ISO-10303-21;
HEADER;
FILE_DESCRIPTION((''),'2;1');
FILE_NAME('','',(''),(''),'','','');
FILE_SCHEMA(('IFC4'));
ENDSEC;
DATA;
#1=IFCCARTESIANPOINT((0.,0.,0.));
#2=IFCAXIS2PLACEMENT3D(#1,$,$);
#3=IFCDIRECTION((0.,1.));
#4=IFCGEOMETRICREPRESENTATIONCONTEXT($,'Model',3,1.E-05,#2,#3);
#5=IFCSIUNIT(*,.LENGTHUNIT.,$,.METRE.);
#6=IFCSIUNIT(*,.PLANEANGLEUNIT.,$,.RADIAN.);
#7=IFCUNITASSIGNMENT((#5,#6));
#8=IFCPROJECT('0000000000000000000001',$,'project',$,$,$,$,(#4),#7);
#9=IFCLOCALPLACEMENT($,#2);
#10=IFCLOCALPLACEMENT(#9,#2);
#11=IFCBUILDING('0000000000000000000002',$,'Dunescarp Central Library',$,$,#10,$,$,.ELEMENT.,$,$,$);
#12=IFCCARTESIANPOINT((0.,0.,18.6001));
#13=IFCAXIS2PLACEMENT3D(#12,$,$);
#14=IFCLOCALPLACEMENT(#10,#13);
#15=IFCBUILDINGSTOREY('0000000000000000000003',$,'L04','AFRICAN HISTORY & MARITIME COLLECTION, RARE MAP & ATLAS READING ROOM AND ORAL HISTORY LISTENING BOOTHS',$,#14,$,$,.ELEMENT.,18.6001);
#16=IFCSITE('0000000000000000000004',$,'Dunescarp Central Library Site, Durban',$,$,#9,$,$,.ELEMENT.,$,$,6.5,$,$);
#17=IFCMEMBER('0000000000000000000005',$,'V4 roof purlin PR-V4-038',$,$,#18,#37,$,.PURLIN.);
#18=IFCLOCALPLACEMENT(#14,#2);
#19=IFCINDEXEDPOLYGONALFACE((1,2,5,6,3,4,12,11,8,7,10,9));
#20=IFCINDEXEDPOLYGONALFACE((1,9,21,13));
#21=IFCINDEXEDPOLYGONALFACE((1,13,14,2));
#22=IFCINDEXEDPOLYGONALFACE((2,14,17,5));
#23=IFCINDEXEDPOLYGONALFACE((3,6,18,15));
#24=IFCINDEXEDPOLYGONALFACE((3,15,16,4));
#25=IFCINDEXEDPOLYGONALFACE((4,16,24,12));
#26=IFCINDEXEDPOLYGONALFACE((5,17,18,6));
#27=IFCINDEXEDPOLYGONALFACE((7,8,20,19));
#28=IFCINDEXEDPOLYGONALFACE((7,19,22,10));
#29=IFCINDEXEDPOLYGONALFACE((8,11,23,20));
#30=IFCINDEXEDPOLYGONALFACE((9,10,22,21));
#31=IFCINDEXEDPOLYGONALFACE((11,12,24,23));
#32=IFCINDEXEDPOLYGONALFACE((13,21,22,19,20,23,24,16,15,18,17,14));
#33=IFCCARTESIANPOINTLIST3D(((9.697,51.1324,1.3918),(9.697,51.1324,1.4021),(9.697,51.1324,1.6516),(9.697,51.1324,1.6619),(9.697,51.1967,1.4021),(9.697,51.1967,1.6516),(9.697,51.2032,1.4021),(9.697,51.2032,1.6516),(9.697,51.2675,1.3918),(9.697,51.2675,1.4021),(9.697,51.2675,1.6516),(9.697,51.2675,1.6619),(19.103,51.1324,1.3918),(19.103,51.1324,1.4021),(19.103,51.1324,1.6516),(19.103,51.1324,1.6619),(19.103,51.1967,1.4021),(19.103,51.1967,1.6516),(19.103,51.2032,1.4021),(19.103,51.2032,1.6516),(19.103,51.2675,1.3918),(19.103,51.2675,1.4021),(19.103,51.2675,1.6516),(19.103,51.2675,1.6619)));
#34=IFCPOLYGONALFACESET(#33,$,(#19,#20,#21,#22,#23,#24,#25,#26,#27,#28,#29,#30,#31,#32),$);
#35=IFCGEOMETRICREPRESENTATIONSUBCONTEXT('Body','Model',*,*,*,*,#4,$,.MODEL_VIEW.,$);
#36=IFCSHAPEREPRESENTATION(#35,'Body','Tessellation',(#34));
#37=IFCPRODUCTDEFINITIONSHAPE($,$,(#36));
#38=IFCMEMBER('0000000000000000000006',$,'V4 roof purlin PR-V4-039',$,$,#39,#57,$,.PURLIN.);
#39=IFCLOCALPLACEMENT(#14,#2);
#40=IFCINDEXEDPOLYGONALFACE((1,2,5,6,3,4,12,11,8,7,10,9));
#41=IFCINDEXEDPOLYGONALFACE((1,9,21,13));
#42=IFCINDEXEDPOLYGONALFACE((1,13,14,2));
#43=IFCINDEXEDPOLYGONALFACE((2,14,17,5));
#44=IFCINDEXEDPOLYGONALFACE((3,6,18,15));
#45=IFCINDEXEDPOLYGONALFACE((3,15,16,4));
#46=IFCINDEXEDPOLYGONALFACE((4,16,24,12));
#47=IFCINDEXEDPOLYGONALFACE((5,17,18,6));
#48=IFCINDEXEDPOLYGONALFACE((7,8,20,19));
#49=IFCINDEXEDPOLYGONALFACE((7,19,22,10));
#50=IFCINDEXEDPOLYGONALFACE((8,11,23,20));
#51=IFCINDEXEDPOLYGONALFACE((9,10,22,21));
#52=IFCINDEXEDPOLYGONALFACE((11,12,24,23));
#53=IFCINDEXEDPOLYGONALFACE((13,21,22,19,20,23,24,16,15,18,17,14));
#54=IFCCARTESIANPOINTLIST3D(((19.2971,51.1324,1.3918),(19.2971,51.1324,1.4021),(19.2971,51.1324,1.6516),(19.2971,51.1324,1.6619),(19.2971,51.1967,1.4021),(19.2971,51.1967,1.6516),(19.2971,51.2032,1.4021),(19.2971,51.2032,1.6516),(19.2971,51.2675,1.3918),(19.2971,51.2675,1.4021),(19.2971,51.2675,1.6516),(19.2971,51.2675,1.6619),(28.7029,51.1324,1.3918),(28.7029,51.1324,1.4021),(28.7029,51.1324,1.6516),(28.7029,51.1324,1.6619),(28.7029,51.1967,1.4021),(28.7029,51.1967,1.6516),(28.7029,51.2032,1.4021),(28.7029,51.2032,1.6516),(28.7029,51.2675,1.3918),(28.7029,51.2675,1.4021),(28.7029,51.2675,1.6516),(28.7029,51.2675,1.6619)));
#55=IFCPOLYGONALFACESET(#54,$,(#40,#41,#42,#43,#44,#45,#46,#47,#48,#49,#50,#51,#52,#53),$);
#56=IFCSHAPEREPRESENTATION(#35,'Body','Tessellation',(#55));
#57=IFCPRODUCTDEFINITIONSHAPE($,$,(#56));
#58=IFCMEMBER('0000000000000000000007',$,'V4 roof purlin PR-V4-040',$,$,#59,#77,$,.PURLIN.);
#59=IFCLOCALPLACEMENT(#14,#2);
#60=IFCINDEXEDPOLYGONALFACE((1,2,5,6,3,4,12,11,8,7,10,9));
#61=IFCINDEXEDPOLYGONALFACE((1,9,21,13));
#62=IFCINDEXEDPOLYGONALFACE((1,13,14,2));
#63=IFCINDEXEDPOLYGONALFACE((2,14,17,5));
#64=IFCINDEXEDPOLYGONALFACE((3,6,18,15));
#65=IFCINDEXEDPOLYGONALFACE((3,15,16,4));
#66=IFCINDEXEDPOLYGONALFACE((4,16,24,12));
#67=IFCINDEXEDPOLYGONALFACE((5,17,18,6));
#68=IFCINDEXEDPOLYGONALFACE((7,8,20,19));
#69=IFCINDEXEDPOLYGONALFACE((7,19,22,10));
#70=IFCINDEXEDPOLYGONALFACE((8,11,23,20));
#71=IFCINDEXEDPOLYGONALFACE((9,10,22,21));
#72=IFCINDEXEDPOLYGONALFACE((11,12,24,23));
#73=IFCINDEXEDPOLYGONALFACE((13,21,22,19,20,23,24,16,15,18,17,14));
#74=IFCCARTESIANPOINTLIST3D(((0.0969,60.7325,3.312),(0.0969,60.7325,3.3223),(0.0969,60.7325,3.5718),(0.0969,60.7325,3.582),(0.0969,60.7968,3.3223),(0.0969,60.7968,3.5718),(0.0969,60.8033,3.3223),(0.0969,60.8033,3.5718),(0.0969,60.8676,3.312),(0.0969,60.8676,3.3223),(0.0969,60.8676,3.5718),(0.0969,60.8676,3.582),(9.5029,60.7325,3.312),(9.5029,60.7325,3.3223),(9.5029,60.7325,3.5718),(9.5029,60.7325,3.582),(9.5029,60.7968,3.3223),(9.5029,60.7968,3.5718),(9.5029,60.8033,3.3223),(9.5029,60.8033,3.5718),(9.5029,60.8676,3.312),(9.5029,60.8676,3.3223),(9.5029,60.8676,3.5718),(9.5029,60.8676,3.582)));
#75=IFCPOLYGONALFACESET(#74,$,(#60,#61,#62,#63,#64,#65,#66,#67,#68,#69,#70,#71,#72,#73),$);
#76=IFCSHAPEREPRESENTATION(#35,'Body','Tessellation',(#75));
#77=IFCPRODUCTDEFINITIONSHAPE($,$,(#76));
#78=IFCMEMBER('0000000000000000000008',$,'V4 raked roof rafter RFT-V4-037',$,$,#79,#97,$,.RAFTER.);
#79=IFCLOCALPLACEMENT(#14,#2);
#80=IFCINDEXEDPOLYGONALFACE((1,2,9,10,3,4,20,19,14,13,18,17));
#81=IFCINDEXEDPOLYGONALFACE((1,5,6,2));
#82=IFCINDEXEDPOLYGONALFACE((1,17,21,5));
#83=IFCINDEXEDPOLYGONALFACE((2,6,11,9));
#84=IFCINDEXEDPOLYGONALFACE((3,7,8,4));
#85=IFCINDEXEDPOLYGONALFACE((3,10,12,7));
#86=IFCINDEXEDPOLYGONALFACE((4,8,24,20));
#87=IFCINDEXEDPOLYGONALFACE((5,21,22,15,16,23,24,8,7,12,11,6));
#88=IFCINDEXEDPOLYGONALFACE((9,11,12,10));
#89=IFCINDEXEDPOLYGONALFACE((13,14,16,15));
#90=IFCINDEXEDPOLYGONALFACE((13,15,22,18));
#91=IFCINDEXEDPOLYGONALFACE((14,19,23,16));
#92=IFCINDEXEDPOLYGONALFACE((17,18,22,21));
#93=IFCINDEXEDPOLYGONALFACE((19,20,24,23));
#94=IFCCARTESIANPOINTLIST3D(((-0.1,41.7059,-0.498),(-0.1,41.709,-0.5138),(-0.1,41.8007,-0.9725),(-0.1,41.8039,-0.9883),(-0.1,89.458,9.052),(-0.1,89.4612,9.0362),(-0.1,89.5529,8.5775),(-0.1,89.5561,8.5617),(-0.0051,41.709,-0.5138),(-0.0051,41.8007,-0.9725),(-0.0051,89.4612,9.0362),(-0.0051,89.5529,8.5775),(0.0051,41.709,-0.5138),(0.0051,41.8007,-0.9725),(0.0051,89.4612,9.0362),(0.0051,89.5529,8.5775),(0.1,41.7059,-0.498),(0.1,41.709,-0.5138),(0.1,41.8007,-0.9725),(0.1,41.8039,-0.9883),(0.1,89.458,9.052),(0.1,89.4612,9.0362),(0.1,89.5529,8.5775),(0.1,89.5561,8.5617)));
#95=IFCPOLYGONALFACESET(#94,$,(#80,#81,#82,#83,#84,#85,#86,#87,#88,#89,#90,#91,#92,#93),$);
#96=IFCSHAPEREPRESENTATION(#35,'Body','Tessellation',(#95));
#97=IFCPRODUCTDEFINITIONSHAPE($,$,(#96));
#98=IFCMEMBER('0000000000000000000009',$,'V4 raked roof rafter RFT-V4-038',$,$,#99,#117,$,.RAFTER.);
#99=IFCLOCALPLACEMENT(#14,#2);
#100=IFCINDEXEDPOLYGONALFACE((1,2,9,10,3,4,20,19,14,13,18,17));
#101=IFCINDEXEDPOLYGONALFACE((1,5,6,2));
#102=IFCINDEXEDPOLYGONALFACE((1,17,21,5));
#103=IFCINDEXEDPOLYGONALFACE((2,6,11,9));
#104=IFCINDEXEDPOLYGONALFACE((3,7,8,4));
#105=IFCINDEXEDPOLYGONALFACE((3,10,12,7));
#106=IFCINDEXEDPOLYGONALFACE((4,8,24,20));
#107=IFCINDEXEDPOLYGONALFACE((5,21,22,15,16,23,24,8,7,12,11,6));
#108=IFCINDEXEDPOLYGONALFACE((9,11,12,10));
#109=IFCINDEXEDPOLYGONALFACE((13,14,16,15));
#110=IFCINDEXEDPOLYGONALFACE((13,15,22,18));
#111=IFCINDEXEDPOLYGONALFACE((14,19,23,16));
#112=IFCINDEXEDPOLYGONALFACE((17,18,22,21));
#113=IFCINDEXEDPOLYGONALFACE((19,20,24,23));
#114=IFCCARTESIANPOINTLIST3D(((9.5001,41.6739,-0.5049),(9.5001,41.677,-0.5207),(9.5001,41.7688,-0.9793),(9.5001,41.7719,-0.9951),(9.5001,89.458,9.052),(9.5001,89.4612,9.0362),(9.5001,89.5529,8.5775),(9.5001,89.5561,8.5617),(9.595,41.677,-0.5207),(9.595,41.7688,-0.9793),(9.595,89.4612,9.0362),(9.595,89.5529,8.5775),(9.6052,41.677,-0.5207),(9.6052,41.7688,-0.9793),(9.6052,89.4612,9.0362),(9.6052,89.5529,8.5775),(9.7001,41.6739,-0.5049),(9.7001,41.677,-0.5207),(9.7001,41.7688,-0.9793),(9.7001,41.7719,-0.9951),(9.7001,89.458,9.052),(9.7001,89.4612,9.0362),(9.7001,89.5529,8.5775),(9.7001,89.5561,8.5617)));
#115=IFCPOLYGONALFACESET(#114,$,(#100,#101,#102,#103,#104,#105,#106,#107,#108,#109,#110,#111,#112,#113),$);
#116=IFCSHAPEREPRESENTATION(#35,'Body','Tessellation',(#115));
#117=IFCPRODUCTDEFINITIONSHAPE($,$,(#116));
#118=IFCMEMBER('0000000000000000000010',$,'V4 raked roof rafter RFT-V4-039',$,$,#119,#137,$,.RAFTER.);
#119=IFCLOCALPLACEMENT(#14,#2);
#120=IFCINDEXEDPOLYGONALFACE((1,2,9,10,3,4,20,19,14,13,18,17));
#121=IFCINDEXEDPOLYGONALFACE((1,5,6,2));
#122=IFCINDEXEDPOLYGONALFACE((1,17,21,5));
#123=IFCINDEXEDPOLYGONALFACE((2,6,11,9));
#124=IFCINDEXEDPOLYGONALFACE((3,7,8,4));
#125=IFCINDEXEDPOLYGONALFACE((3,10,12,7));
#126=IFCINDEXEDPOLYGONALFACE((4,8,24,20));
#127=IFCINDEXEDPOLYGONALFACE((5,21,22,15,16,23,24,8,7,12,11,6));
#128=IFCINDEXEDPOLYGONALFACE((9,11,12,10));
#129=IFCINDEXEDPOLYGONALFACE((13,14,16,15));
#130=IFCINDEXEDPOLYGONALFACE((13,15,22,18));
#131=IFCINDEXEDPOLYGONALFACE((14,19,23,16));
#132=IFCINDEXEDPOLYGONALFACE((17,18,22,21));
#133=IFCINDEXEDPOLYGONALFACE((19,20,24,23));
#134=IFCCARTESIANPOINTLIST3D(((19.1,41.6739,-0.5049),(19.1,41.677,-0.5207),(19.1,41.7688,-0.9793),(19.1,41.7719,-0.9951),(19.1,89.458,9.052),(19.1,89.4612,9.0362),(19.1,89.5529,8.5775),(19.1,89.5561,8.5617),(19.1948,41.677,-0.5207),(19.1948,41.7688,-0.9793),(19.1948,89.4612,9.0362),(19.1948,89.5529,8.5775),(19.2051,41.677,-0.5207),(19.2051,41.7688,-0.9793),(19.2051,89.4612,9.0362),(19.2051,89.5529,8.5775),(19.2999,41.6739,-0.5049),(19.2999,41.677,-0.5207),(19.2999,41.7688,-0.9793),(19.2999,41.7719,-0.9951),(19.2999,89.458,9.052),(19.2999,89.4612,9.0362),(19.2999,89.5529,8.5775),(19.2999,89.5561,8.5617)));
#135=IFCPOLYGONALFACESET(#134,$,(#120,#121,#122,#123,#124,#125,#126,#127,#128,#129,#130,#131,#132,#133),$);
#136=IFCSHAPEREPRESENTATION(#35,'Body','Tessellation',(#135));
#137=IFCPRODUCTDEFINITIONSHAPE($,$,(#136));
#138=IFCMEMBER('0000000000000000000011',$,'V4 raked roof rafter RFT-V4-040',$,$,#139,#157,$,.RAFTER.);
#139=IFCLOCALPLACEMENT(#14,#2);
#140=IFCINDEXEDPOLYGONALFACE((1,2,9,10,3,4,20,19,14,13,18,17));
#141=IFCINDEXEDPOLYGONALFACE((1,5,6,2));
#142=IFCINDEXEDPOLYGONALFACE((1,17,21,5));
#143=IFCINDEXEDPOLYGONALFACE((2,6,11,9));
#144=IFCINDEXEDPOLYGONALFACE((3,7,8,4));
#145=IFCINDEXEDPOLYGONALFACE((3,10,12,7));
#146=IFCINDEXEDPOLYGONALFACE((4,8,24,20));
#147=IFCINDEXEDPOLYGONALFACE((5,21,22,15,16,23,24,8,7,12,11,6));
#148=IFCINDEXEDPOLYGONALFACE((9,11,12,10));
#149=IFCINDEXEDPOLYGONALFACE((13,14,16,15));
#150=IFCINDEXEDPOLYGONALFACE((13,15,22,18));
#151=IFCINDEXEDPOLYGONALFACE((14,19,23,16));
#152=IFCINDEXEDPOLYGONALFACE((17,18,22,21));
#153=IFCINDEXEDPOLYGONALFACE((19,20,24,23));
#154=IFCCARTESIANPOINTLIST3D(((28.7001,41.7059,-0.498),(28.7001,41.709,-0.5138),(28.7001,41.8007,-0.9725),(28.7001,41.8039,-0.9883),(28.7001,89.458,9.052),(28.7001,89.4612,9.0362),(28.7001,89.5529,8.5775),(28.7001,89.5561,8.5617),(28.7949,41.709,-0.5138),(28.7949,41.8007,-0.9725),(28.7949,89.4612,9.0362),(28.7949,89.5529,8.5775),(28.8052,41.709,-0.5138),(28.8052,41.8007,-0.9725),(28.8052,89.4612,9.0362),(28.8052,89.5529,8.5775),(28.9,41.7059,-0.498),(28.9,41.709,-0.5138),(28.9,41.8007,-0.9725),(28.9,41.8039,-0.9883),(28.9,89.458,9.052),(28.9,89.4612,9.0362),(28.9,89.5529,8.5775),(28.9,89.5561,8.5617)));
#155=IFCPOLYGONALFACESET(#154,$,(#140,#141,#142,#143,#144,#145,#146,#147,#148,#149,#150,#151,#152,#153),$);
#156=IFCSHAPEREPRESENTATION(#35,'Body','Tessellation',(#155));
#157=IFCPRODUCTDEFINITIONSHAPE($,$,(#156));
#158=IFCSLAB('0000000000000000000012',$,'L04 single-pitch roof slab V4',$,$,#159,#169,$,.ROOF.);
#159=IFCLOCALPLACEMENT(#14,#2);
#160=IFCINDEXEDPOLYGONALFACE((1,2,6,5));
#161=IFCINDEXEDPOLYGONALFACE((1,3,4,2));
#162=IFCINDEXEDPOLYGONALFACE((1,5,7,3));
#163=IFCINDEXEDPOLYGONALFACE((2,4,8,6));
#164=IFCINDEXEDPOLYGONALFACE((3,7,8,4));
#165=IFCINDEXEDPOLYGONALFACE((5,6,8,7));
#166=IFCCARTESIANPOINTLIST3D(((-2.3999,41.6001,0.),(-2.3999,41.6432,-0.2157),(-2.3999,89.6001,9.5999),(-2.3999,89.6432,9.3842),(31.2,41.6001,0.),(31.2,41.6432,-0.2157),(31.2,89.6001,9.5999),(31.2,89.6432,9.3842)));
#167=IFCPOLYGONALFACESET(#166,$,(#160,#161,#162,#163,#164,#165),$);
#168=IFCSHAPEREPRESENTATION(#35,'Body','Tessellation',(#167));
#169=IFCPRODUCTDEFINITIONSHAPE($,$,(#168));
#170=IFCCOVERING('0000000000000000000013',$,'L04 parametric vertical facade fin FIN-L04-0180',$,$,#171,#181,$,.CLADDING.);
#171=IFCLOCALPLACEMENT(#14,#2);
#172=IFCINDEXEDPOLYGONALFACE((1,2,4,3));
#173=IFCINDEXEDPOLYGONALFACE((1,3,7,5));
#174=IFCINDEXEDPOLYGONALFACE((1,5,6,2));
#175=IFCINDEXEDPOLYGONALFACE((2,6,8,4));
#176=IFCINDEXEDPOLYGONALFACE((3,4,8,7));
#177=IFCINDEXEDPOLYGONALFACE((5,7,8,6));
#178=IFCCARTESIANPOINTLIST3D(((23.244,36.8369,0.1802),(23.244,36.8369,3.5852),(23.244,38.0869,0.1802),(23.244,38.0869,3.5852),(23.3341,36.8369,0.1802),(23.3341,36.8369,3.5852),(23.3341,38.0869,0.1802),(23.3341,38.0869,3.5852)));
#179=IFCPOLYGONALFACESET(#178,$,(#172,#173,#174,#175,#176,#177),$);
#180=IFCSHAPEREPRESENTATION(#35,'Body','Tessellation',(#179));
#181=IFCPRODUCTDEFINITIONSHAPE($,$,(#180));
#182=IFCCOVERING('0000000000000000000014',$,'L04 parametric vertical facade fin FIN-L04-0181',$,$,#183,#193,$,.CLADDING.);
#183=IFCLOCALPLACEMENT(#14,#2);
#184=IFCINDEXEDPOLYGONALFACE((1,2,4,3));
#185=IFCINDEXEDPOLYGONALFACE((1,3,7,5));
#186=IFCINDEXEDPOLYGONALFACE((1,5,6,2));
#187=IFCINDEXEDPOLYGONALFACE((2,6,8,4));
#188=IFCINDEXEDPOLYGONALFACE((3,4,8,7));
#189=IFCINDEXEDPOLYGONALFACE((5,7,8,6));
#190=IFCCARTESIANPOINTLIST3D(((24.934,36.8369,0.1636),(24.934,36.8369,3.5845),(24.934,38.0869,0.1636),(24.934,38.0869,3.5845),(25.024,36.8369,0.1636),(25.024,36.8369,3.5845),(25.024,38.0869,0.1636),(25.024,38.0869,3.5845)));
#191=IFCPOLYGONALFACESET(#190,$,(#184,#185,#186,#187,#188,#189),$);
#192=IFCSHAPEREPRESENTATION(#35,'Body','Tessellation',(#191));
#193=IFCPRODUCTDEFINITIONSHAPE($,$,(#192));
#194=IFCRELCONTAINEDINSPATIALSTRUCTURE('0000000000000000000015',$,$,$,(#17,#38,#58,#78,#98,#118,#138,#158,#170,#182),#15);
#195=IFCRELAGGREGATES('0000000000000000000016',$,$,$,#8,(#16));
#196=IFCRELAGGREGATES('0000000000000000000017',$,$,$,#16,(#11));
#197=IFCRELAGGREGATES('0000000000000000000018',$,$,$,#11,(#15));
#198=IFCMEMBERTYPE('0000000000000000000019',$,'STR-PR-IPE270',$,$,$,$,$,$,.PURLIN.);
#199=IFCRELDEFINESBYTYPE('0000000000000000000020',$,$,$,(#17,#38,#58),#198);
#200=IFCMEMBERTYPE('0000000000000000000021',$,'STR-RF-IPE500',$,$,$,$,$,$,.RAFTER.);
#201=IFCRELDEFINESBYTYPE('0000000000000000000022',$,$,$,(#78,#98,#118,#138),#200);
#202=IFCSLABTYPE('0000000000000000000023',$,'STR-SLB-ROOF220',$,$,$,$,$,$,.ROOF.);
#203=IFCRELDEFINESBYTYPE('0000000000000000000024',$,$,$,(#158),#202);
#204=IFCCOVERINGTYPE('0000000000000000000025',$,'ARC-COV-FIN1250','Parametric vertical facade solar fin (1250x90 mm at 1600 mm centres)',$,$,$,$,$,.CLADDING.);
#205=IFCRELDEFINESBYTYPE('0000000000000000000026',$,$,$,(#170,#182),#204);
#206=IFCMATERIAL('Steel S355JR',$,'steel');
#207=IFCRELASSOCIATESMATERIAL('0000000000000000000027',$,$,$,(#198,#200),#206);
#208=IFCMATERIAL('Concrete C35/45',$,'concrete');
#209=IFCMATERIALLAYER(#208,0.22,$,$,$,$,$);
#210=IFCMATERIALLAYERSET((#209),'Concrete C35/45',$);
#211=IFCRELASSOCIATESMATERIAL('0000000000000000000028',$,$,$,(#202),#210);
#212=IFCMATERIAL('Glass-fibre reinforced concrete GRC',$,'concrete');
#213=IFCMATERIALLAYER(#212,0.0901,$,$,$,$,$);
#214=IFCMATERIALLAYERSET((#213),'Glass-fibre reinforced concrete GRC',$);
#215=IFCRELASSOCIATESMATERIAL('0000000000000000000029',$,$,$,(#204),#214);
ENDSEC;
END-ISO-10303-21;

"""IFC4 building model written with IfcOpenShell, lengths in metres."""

from ifc_helpers import new_model, si_unit, direction, frame, origin, origin_2d, place, context, subcontext, project, spatial, polyline, rectangle, i_section, outline, extrude, material, layer, layer_set, material_profile, profile_set, type_object, element, save


model = new_model("IFC4")

# Units and contexts
model_context = context("Model", 3, precision=1e-05, world=origin(), true_north=direction((0.0, 1.0)))
body_context = subcontext(model_context, "Body", "Model", "MODEL_VIEW")
ifc_project = project(units=[si_unit("LENGTHUNIT", "METRE"), si_unit("PLANEANGLEUNIT", "RADIAN")], contexts=[model_context])

# Site, building, storey
site_placement = place(None, origin())
site = spatial("IfcSite", under=ifc_project, at=site_placement, Name="Dunescarp Central Library Site, Durban", CompositionType="ELEMENT", RefElevation=6.5)
building_placement = place(site_placement, origin())
building = spatial("IfcBuilding", under=site, at=building_placement, Name="Dunescarp Central Library", CompositionType="ELEMENT")
storey_placement = place(building_placement, frame((0.0, 0.0, 18.6001)))
storey = spatial("IfcBuildingStorey", under=building, at=storey_placement, Name="L04", Description="AFRICAN HISTORY & MARITIME COLLECTION, RARE MAP & ATLAS READING ROOM AND ORAL HISTORY LISTENING BOOTHS", CompositionType="ELEMENT", Elevation=18.6001)

# Shared definitions
ifc_material_1 = material(Name="Steel S355JR", Category="steel")

# Members
ifc_material_profile_1 = material_profile(ifc_material_1, i_section(OverallWidth=0.135, OverallDepth=0.27, WebThickness=0.0066, FlangeThickness=0.0103, at=origin_2d()), Name="IPE 270")
ifc_profile_set_1 = profile_set([ifc_material_profile_1], Name="Steel S355JR")
member_type_1 = type_object("IfcMemberType", Name="STR-PR-IPE270", PredefinedType="PURLIN", material=ifc_profile_set_1)
for number, where, z_axis, x_axis, name in (
    (1, (9.697, 51.2, 1.5269), (1.0, 0.0, 0.0), (0.0, 1.0, 0.0), "V4 roof purlin PR-V4-038"),
):
    element("IfcMember", number, at=place(storey_placement, frame(where, z_axis=z_axis, x_axis=x_axis)), inside=storey, type_object=member_type_1, Name=name, PredefinedType="PURLIN", context=body_context, shape_type="SweptSolid", body=[
        extrude(i_section(OverallWidth=0.135, OverallDepth=0.27, WebThickness=0.0066, FlangeThickness=0.0103, at=origin_2d()), origin(), (0.0, 0.0, 1.0), 9.406),
    ])
member_1_placement = place(storey_placement, frame((19.2971, 51.2, 1.5269), z_axis=(1.0, 0.0, 0.0), x_axis=(0.0, 1.0, 0.0)))
element("IfcMember", 2, at=member_1_placement, inside=storey, type_object=member_type_1, Name="V4 roof purlin PR-V4-039", PredefinedType="PURLIN", context=body_context, shape_type="SweptSolid", body=[
    extrude(i_section(OverallWidth=0.135, OverallDepth=0.27, WebThickness=0.0066, FlangeThickness=0.0103, at=origin_2d()), origin(), (0.0, 0.0, 1.0), 9.4058),
])
member_2_placement = place(storey_placement, frame((0.0969, 60.8, 3.447), z_axis=(1.0, 0.0, 0.0), x_axis=(0.0, 1.0, 0.0)))
element("IfcMember", 3, at=member_2_placement, inside=storey, type_object=member_type_1, Name="V4 roof purlin PR-V4-040", PredefinedType="PURLIN", context=body_context, shape_type="SweptSolid", body=[
    extrude(i_section(OverallWidth=0.135, OverallDepth=0.27, WebThickness=0.0066, FlangeThickness=0.0103, at=origin_2d()), origin(), (0.0, 0.0, 1.0), 9.406),
])
ifc_material_profile_2 = material_profile(ifc_material_1, i_section(OverallWidth=0.2, OverallDepth=0.5, WebThickness=0.0103, FlangeThickness=0.0161, at=origin_2d()), Name="IPE 500")
ifc_profile_set_2 = profile_set([ifc_material_profile_2], Name="Steel S355JR")
member_type_2 = type_object("IfcMemberType", Name="STR-RF-IPE500", PredefinedType="RAFTER", material=ifc_profile_set_2)
member_3_placement = place(storey_placement, frame((0.0, 41.7549, -0.7432), z_axis=(0.0, 0.980582, 0.196108), x_axis=(-1.0, 0.0, 0.0)))
element("IfcMember", 4, at=member_3_placement, inside=storey, type_object=member_type_2, Name="V4 raked roof rafter RFT-V4-037", PredefinedType="RAFTER", context=body_context, shape_type="SweptSolid", body=[
    extrude(i_section(OverallWidth=0.2, OverallDepth=0.5, WebThickness=0.0103, FlangeThickness=0.0161, at=origin_2d()), origin(), (0.0, 0.0, 1.0), 48.6978),
])
for number, where, z_axis, x_axis, name in (
    (5, (9.6001, 41.7229, -0.75), (0.0, 0.98058, 0.196117), (-1.0, 0.0, 0.0), "V4 raked roof rafter RFT-V4-038"),
    (6, (19.2, 41.7229, -0.75), (0.0, 0.98058, 0.196117), (-1.0, 0.0, 0.0), "V4 raked roof rafter RFT-V4-039"),
):
    element("IfcMember", number, at=place(storey_placement, frame(where, z_axis=z_axis, x_axis=x_axis)), inside=storey, type_object=member_type_2, Name=name, PredefinedType="RAFTER", context=body_context, shape_type="SweptSolid", body=[
        extrude(i_section(OverallWidth=0.2, OverallDepth=0.5, WebThickness=0.0103, FlangeThickness=0.0161, at=origin_2d()), origin(), (0.0, 0.0, 1.0), 48.7305),
    ])
member_4_placement = place(storey_placement, frame((28.8, 41.7549, -0.7432), z_axis=(0.0, 0.980582, 0.196108), x_axis=(-1.0, 0.0, 0.0)))
element("IfcMember", 7, at=member_4_placement, inside=storey, type_object=member_type_2, Name="V4 raked roof rafter RFT-V4-040", PredefinedType="RAFTER", context=body_context, shape_type="SweptSolid", body=[
    extrude(i_section(OverallWidth=0.2, OverallDepth=0.5, WebThickness=0.0103, FlangeThickness=0.0161, at=origin_2d()), origin(), (0.0, 0.0, 1.0), 48.6978),
])

# Slab
ifc_material_2 = material(Name="Concrete C35/45", Category="concrete")
ifc_layer_1 = layer(ifc_material_2, 0.22)
ifc_layer_set_1 = layer_set([ifc_layer_1], Name="Concrete C35/45")
slab_type = type_object("IfcSlabType", Name="STR-SLB-ROOF220", PredefinedType="ROOF", material=ifc_layer_set_1)
slab_placement = place(storey_placement, frame((-2.3999, 41.6001, 0.0), z_axis=(0.0, -0.196113, 0.980581), x_axis=(1.0, 0.0, 0.0)))
element("IfcSlab", 8, at=slab_placement, inside=storey, type_object=slab_type, Name="L04 single-pitch roof slab V4", PredefinedType="ROOF", context=body_context, shape_type="SweptSolid", body=[
    extrude(outline(polyline([(0.0, 0.0), (33.5999, 0.0), (33.5999, 48.9506), (0.0, 48.9506), (0.0, 0.0)])), origin(), (0.0, 0.0, -1.0), 0.22),
])

# Coverings
ifc_material_3 = material(Name="Glass-fibre reinforced concrete GRC", Category="concrete")
ifc_layer_2 = layer(ifc_material_3, 0.0901)
ifc_layer_set_2 = layer_set([ifc_layer_2], Name="Glass-fibre reinforced concrete GRC")
covering_type_1 = type_object("IfcCoveringType", Name="ARC-COV-FIN1250", Description="Parametric vertical facade solar fin (1250x90 mm at 1600 mm centres)", PredefinedType="CLADDING", material=ifc_layer_set_2)
covering_1_placement = place(storey_placement, frame((23.2891, 37.4619, 0.1802), z_axis=(0.0, 0.0, 1.0), x_axis=(0.0, 1.0, 0.0)))
element("IfcCovering", 9, at=covering_1_placement, inside=storey, type_object=covering_type_1, Name="L04 parametric vertical facade fin FIN-L04-0180", PredefinedType="CLADDING", context=body_context, shape_type="SweptSolid", body=[
    extrude(rectangle(XDim=1.25, YDim=0.0901, at=origin_2d()), origin(), (0.0, 0.0, 1.0), 3.405),
])
covering_2_placement = place(storey_placement, frame((24.979, 37.4619, 0.1636), z_axis=(0.0, 0.0, 1.0), x_axis=(0.0, 1.0, 0.0)))
element("IfcCovering", 10, at=covering_2_placement, inside=storey, type_object=covering_type_1, Name="L04 parametric vertical facade fin FIN-L04-0181", PredefinedType="CLADDING", context=body_context, shape_type="SweptSolid", body=[
    extrude(rectangle(XDim=1.25, YDim=0.0901, at=origin_2d()), origin(), (0.0, 0.0, 1.0), 3.4209),
])

save(model, "model.ifc")
